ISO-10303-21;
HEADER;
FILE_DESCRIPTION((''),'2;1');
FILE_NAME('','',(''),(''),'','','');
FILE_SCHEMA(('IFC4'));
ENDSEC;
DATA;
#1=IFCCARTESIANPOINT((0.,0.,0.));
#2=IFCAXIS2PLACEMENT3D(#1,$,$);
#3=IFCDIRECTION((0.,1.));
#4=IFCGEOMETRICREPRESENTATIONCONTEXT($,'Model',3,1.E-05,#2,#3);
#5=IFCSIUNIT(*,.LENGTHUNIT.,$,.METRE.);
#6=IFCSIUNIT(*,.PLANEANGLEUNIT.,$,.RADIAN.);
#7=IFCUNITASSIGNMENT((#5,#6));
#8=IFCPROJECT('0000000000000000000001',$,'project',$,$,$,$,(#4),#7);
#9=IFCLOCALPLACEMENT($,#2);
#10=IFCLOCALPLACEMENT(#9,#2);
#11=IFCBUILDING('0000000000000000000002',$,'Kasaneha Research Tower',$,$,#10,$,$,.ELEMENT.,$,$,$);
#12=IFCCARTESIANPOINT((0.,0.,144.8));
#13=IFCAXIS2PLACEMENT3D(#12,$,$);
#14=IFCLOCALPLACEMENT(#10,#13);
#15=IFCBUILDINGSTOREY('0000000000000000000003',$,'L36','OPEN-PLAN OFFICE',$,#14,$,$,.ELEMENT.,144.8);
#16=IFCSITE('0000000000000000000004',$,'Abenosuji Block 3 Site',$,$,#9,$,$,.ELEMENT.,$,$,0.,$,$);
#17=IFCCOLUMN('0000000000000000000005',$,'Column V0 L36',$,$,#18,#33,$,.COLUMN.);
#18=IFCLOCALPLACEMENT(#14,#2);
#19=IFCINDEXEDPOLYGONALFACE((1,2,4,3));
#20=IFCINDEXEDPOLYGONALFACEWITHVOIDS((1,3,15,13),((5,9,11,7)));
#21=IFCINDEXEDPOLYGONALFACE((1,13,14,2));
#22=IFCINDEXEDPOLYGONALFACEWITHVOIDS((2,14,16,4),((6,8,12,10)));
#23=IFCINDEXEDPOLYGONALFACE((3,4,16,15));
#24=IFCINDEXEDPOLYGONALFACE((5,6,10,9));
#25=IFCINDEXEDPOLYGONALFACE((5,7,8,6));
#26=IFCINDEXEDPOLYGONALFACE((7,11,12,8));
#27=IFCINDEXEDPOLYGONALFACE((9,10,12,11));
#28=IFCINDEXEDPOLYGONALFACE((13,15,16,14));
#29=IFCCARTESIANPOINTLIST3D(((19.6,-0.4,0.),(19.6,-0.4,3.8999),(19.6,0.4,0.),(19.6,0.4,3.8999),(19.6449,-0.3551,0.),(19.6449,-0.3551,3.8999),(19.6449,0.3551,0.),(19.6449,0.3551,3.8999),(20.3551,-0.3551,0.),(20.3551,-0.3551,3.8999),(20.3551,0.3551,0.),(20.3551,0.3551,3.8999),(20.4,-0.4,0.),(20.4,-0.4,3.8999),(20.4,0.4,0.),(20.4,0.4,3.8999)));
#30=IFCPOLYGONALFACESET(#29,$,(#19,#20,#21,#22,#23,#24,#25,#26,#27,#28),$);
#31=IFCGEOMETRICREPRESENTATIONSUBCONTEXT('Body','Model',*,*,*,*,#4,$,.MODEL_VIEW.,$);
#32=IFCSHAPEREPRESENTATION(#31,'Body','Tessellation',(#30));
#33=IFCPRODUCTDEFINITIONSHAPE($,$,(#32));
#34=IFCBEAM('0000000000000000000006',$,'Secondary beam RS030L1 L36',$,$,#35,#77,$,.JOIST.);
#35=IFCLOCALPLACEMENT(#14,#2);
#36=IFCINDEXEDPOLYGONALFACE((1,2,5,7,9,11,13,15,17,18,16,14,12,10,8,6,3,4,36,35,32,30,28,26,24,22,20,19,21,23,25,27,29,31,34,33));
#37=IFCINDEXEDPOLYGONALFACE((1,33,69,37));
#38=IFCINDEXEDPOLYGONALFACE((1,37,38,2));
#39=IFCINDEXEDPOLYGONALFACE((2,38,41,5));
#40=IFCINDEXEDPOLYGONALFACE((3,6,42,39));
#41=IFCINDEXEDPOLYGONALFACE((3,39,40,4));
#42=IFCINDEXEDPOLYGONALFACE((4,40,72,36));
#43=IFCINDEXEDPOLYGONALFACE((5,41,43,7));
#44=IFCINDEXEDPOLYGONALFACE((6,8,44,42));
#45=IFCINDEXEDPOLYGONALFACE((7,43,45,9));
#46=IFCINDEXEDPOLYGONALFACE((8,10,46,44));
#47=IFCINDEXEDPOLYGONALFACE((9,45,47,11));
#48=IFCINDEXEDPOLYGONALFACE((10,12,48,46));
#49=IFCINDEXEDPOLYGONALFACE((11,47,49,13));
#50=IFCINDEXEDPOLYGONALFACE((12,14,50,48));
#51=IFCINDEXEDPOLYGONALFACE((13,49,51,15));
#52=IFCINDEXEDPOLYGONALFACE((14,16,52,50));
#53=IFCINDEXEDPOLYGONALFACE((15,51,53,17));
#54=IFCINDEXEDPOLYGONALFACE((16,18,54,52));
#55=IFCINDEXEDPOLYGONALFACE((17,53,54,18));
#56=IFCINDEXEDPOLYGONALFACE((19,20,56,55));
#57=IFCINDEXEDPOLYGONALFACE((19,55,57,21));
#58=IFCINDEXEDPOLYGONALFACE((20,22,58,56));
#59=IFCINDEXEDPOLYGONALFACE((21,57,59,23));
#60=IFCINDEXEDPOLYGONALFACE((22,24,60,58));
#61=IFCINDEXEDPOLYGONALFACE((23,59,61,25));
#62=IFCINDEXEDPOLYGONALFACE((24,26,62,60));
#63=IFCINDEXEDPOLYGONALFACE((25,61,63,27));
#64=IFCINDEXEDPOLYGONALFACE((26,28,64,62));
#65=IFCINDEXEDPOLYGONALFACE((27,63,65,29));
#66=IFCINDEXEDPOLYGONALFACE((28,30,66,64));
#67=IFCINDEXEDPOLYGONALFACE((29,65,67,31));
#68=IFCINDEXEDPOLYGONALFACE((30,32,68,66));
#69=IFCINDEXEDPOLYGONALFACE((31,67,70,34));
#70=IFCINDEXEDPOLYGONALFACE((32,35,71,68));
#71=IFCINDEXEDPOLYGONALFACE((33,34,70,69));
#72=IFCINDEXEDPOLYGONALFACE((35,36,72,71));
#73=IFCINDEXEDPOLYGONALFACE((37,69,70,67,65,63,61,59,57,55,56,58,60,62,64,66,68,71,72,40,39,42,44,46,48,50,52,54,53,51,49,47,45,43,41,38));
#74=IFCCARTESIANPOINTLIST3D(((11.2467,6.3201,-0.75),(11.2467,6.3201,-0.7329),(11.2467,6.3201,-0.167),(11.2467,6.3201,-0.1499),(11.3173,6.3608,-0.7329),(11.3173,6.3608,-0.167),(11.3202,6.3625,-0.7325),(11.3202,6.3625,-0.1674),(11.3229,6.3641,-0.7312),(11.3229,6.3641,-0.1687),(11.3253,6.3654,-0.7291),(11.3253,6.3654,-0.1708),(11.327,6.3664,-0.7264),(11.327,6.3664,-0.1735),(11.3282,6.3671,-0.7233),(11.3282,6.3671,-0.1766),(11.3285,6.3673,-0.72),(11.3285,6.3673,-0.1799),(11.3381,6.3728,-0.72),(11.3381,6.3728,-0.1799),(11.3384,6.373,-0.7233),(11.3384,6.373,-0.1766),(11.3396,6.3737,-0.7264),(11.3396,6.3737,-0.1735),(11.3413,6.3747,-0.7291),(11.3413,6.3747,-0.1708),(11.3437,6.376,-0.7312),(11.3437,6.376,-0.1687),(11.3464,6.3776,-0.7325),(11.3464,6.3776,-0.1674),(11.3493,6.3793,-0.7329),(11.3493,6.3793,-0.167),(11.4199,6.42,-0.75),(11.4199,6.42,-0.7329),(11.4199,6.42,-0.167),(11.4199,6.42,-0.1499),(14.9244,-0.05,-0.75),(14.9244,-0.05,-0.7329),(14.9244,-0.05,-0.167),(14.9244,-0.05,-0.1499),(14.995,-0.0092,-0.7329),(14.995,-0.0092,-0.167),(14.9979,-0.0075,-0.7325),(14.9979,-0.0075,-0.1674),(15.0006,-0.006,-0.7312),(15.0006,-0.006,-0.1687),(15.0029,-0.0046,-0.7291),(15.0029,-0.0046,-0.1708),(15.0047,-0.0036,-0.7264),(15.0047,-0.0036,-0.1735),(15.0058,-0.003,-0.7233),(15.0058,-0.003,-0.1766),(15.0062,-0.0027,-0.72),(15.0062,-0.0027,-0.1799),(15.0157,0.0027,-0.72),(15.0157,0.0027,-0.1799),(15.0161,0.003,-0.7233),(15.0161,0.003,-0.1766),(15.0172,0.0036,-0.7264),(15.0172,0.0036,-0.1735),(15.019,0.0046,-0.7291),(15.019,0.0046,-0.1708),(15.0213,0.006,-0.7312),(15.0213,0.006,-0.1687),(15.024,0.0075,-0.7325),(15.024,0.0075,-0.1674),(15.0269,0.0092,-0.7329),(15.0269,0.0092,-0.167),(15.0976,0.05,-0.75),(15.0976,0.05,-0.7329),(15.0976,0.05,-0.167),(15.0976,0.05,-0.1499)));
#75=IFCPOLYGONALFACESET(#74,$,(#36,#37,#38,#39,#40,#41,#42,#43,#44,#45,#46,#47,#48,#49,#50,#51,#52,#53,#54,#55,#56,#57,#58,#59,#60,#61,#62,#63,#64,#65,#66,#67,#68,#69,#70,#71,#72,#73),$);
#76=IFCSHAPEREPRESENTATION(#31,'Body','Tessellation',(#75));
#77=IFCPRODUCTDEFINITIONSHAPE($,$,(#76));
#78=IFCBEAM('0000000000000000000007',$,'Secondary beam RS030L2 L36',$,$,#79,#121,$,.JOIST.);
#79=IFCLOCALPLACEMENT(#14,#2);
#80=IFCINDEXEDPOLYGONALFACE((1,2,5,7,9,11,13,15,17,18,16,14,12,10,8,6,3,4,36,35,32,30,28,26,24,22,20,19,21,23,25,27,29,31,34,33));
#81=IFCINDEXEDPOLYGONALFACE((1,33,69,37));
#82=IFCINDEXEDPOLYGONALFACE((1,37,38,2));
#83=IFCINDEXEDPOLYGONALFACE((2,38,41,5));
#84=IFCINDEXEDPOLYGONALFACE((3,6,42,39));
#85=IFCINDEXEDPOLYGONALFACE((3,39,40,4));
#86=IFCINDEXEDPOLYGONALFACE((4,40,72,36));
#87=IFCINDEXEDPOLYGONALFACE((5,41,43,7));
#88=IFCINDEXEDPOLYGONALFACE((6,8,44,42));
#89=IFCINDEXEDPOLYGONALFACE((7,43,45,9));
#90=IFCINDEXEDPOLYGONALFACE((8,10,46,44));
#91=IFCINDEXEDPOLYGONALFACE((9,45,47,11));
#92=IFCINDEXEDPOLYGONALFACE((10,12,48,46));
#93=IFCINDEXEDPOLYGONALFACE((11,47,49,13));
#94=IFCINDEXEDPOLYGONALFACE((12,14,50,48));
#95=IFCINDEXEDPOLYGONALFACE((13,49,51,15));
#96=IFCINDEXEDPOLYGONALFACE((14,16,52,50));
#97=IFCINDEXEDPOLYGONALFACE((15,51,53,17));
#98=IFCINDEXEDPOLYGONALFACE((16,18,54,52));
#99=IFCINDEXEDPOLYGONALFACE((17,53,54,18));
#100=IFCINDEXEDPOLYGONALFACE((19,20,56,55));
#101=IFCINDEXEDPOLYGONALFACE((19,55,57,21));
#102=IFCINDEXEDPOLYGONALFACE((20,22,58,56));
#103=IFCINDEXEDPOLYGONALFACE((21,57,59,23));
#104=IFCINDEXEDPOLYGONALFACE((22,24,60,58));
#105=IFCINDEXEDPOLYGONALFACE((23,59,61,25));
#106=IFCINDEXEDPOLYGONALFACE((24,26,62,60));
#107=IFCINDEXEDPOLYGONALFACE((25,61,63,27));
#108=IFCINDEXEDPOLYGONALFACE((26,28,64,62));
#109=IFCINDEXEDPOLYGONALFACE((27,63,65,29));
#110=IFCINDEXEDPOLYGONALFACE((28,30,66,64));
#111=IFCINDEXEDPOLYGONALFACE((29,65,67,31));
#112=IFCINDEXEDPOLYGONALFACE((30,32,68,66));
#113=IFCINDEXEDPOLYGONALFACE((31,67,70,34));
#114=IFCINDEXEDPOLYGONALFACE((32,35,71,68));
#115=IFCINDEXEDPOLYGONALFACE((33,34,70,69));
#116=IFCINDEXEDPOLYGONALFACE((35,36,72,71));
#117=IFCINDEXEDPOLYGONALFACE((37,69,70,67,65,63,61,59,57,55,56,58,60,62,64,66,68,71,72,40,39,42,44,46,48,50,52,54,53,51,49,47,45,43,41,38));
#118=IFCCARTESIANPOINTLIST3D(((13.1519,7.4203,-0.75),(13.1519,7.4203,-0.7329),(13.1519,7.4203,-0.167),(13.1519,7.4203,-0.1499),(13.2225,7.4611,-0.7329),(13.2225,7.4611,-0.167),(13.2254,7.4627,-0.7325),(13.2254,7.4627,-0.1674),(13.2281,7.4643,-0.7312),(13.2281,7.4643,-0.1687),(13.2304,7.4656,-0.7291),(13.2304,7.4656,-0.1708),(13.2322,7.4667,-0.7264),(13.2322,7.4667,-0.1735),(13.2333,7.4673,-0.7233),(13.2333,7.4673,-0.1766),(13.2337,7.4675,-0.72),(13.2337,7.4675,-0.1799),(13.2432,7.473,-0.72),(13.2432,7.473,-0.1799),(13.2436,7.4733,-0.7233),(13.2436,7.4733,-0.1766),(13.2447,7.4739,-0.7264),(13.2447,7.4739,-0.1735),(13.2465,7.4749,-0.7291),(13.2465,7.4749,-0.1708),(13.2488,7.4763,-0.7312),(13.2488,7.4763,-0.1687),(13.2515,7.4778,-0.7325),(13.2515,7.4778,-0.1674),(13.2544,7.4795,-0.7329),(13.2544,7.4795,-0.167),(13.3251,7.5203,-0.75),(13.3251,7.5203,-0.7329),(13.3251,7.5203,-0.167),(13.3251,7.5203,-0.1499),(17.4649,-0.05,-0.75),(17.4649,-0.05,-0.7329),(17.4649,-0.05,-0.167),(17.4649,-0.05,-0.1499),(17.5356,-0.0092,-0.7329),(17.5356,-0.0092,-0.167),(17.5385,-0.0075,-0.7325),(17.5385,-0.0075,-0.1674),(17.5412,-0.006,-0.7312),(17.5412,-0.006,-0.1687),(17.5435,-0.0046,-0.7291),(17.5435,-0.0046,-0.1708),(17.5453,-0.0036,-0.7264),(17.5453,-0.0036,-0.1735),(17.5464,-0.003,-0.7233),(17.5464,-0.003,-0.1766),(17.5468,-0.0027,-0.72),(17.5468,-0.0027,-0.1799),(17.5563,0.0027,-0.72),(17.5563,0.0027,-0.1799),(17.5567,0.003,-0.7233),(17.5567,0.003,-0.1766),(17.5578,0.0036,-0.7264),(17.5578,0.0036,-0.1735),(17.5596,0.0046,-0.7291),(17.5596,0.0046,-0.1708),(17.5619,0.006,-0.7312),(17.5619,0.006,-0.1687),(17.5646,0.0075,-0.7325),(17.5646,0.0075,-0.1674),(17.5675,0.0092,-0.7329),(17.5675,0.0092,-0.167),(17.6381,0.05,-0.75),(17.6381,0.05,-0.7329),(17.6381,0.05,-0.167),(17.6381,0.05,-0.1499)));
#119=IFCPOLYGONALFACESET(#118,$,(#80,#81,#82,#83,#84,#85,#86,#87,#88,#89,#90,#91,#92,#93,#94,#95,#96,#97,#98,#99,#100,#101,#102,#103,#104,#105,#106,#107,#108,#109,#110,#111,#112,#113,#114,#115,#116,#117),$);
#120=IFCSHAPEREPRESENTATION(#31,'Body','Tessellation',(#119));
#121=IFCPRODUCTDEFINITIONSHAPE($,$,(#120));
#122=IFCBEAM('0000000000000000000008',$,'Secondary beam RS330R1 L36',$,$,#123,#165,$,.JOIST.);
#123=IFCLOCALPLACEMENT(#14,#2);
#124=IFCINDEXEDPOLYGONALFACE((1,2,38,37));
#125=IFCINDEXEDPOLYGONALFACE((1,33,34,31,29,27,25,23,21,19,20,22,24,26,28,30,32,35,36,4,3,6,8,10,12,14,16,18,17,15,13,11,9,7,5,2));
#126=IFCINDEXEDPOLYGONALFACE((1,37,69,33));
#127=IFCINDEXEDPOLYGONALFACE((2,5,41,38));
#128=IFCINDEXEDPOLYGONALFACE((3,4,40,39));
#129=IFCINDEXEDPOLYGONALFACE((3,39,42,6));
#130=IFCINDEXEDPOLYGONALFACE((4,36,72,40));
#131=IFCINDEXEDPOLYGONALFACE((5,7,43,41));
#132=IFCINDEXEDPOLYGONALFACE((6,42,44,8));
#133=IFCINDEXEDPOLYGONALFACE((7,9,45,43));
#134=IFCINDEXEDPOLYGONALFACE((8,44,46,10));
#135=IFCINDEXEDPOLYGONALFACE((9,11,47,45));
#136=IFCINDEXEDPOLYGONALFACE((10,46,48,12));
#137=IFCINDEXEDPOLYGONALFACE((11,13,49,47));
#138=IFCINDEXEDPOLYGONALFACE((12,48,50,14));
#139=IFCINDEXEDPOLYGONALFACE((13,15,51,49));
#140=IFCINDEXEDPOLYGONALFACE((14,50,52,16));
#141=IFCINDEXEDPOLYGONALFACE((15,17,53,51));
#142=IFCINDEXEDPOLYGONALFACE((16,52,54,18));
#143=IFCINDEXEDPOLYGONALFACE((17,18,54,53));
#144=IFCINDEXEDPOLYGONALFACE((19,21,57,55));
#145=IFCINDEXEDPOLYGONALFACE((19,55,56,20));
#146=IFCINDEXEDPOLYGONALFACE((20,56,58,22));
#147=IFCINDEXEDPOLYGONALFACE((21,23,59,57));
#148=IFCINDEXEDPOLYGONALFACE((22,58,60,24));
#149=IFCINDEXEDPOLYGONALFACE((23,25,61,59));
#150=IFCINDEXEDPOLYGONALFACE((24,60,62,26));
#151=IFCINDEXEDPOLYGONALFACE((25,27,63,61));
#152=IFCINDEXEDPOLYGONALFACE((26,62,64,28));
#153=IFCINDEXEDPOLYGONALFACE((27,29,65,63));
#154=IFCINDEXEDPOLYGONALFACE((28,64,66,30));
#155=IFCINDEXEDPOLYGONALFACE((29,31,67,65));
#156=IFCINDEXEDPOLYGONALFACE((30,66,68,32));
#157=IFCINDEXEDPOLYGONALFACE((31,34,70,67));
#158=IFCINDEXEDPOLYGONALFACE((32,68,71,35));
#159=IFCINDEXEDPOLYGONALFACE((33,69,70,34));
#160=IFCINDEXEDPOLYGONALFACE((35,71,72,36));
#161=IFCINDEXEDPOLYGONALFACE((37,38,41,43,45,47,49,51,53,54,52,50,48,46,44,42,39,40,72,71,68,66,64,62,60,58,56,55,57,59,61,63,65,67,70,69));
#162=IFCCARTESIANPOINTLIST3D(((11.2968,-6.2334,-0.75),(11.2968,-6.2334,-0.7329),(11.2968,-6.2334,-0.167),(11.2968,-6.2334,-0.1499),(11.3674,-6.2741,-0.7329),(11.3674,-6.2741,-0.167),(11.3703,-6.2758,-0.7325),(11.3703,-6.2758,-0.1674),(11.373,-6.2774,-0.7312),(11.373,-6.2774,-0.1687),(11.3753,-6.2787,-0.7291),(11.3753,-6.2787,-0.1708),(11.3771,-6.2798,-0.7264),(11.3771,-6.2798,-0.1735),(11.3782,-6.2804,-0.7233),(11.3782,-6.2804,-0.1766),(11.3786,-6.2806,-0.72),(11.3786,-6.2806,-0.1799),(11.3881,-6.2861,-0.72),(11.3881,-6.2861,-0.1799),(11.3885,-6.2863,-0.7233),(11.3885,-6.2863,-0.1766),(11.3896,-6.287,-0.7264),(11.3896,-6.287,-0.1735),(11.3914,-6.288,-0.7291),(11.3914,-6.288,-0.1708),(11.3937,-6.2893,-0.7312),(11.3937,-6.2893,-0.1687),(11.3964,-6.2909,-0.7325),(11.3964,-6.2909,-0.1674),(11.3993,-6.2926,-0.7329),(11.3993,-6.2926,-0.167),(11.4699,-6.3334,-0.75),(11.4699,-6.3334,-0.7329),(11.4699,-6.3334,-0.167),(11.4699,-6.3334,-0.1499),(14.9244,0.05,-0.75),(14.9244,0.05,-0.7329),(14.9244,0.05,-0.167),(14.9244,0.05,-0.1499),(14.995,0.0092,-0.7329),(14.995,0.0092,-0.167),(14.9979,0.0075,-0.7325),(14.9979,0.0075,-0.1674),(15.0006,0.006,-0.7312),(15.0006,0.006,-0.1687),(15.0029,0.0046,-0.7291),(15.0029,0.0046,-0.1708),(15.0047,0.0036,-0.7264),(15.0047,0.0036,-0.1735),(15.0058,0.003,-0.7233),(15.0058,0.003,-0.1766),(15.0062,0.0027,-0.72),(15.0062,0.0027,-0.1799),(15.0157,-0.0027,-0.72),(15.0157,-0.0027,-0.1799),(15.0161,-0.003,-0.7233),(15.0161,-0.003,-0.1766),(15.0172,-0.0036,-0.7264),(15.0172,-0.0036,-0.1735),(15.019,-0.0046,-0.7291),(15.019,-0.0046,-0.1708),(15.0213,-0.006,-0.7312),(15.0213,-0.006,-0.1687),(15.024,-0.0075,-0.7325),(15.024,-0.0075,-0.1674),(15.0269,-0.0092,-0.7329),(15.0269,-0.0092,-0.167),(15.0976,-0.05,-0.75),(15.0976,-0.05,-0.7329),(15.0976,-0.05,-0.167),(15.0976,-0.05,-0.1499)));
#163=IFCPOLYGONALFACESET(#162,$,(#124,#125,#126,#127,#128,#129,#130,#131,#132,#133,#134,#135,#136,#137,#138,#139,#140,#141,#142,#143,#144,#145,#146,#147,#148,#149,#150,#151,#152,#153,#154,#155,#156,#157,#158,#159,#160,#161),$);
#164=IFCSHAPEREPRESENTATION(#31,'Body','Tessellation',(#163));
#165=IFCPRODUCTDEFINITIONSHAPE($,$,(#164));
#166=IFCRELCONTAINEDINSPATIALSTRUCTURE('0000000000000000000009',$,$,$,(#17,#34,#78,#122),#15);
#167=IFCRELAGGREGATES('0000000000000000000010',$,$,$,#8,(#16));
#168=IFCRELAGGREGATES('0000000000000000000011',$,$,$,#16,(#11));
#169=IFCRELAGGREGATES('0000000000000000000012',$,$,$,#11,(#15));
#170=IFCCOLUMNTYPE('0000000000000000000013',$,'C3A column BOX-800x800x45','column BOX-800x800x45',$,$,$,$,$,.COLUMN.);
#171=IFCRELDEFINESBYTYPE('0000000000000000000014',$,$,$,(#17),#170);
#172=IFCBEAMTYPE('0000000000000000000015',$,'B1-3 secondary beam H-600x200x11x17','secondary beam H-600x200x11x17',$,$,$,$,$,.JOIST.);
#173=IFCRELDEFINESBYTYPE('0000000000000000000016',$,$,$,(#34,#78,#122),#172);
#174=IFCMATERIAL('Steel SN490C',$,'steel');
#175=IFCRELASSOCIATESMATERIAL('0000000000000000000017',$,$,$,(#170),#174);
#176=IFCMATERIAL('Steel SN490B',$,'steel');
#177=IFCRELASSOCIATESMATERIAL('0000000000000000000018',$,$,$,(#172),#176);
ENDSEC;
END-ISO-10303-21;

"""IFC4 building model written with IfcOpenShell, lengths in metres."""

from ifc_helpers import new_model, si_unit, direction, frame, origin, origin_2d, place, context, subcontext, project, spatial, hollow_rectangle, i_section, extrude, material, material_profile, profile_set, type_object, element, save


model = new_model("IFC4")

# Units and contexts
model_context = context("Model", 3, precision=1e-05, world=origin(), true_north=direction((0.0, 1.0)))
body_context = subcontext(model_context, "Body", "Model", "MODEL_VIEW")
ifc_project = project(units=[si_unit("LENGTHUNIT", "METRE"), si_unit("PLANEANGLEUNIT", "RADIAN")], contexts=[model_context])

# Site, building, storey
site_placement = place(None, origin())
site = spatial("IfcSite", under=ifc_project, at=site_placement, Name="Abenosuji Block 3 Site", CompositionType="ELEMENT", RefElevation=0.0)
building_placement = place(site_placement, origin())
building = spatial("IfcBuilding", under=site, at=building_placement, Name="Kasaneha Research Tower", CompositionType="ELEMENT")
storey_placement = place(building_placement, frame((0.0, 0.0, 144.8)))
storey = spatial("IfcBuildingStorey", under=building, at=storey_placement, Name="L36", Description="OPEN-PLAN OFFICE", CompositionType="ELEMENT", Elevation=144.8)

# Column
ifc_material_1 = material(Name="Steel SN490C", Category="steel")
ifc_material_profile_1 = material_profile(ifc_material_1, hollow_rectangle(XDim=0.8, YDim=0.8, WallThickness=0.0449, at=origin_2d()), Name="BOX-800x800x45")
ifc_profile_set_1 = profile_set([ifc_material_profile_1], Name="Steel SN490C")
column_type = type_object("IfcColumnType", Name="C3A column BOX-800x800x45", Description="column BOX-800x800x45", PredefinedType="COLUMN", material=ifc_profile_set_1)
column_placement = place(storey_placement, frame((20.0, 0.0, 0.0), z_axis=(0.0, 0.0, 1.0), x_axis=(1.0, 0.0, 0.0)))
element("IfcColumn", 1, at=column_placement, inside=storey, type_object=column_type, Name="Column V0 L36", PredefinedType="COLUMN", context=body_context, shape_type="SweptSolid", body=[
    extrude(hollow_rectangle(XDim=0.8, YDim=0.8, WallThickness=0.0449, at=origin_2d()), origin(), (0.0, 0.0, 1.0), 3.8999),
])

# Beams
ifc_material_2 = material(Name="Steel SN490B", Category="steel")
ifc_material_profile_2 = material_profile(ifc_material_2, i_section(OverallWidth=0.2, OverallDepth=0.6001, WebThickness=0.011, FlangeThickness=0.0171, FilletRadius=0.0129, at=origin_2d()), Name="H-600x200x11x17")
ifc_profile_set_2 = profile_set([ifc_material_profile_2], Name="Steel SN490B")
beam_type_1 = type_object("IfcBeamType", Name="B1-3 secondary beam H-600x200x11x17", Description="secondary beam H-600x200x11x17", PredefinedType="JOIST", material=ifc_profile_set_2)
beam_1_placement = place(storey_placement, frame((15.011, 0.0, -0.45), z_axis=(-0.499994, 0.866029, 0.0), x_axis=(-0.866029, -0.499994, 0.0)))
element("IfcBeam", 2, at=beam_1_placement, inside=storey, type_object=beam_type_1, Name="Secondary beam RS030L1 L36", PredefinedType="JOIST", context=body_context, shape_type="SweptSolid", body=[
    extrude(i_section(OverallWidth=0.2, OverallDepth=0.6001, WebThickness=0.011, FlangeThickness=0.0171, FilletRadius=0.0129, at=origin_2d()), origin(), (0.0, 0.0, 1.0), 7.3555),
])
beam_2_placement = place(storey_placement, frame((17.5515, 0.0, -0.45), z_axis=(-0.500005, 0.866023, 0.0), x_axis=(-0.866023, -0.500005, 0.0)))
element("IfcBeam", 3, at=beam_2_placement, inside=storey, type_object=beam_type_1, Name="Secondary beam RS030L2 L36", PredefinedType="JOIST", context=body_context, shape_type="SweptSolid", body=[
    extrude(i_section(OverallWidth=0.2, OverallDepth=0.6001, WebThickness=0.011, FlangeThickness=0.0171, FilletRadius=0.0129, at=origin_2d()), origin(), (0.0, 0.0, 1.0), 8.626),
])
beam_3_placement = place(storey_placement, frame((15.011, 0.0, -0.45), z_axis=(-0.499993, -0.866029, 0.0), x_axis=(0.866029, -0.499993, 0.0)))
element("IfcBeam", 4, at=beam_3_placement, inside=storey, type_object=beam_type_1, Name="Secondary beam RS330R1 L36", PredefinedType="JOIST", context=body_context, shape_type="SweptSolid", body=[
    extrude(i_section(OverallWidth=0.2, OverallDepth=0.6001, WebThickness=0.011, FlangeThickness=0.0171, FilletRadius=0.0129, at=origin_2d()), origin(), (0.0, 0.0, 1.0), 7.2554),
])

save(model, "model.ifc")
